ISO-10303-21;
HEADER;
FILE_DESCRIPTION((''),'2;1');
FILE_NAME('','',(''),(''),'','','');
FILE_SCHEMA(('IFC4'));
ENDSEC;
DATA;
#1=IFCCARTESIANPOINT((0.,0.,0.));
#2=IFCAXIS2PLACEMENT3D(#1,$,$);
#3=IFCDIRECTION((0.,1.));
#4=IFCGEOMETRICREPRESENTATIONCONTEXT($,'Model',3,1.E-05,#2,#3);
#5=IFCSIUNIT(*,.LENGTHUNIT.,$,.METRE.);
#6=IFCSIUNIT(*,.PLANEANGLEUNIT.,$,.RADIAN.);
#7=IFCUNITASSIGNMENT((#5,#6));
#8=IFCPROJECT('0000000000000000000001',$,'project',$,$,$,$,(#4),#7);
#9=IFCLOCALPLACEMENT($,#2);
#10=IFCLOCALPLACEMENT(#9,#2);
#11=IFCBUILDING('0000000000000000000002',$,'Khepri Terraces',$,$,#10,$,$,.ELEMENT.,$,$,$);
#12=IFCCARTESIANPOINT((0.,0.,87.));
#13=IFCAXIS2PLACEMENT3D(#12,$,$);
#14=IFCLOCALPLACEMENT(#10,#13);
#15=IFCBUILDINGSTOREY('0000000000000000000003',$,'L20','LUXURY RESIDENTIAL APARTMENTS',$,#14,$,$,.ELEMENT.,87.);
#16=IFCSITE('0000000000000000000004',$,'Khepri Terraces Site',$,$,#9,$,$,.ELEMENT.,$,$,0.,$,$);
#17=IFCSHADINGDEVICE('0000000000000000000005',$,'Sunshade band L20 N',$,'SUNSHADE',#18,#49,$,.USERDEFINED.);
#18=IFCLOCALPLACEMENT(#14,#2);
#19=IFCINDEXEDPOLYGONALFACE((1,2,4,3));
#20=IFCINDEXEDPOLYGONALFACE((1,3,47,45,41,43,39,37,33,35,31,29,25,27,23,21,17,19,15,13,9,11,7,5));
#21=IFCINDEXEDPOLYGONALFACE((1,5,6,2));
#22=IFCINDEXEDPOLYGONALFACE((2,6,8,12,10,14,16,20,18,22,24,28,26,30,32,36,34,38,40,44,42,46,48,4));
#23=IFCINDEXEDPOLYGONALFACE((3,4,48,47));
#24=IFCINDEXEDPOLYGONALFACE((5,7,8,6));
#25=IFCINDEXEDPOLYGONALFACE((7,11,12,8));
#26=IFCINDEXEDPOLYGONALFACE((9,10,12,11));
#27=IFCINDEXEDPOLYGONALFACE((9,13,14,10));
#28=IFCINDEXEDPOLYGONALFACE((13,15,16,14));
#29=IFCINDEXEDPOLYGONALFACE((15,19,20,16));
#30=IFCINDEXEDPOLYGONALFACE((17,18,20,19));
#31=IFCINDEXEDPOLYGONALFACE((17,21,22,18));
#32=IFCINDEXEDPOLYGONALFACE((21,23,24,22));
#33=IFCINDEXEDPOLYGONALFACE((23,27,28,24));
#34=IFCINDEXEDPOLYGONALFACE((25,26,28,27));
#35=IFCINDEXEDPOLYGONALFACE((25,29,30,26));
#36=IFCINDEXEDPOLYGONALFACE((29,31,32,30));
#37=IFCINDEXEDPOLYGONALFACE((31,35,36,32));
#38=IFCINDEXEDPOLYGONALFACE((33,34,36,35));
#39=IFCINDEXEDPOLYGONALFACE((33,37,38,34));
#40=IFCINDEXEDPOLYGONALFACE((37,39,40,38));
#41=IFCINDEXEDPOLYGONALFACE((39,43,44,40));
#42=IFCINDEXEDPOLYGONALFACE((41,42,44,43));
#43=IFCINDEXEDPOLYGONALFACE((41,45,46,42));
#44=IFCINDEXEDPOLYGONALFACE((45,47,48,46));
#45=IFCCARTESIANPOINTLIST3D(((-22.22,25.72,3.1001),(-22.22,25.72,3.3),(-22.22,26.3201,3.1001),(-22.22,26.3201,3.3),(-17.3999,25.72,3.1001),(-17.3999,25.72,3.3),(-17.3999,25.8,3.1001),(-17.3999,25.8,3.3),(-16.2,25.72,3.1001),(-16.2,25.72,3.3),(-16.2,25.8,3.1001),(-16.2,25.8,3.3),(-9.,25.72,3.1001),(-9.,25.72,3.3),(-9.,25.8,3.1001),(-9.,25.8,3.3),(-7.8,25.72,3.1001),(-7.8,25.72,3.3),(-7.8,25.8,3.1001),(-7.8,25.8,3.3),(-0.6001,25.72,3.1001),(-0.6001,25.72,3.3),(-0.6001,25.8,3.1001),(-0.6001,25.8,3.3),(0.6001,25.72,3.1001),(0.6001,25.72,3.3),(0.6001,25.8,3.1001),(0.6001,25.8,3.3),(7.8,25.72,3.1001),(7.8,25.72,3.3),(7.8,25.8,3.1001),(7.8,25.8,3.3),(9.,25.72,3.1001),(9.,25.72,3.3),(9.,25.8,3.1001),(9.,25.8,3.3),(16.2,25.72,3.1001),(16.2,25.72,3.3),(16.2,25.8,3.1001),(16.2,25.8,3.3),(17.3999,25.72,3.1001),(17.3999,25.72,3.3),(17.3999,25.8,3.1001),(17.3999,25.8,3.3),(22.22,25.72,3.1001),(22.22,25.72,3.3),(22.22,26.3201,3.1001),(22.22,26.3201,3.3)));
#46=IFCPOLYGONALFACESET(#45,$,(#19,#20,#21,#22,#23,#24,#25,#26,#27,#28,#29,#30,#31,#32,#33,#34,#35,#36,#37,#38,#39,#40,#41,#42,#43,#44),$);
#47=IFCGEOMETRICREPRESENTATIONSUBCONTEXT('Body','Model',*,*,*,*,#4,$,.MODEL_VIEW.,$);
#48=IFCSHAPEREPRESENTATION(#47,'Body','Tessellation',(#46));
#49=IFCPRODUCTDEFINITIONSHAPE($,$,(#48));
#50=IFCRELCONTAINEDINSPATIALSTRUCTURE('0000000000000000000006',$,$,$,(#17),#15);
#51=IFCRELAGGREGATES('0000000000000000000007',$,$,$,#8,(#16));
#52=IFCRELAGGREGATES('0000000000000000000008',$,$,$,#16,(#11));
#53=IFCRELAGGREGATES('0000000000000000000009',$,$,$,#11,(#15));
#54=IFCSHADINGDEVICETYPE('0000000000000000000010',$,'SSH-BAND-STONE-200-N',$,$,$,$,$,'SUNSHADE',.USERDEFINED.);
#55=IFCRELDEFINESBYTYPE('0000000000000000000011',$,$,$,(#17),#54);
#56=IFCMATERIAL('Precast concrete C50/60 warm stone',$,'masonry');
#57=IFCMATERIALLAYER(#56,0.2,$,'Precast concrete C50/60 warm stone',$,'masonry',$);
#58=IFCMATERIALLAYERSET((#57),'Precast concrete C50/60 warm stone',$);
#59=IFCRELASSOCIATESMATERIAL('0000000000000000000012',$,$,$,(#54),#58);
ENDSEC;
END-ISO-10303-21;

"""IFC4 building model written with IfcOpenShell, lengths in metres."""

from ifc_helpers import new_model, si_unit, direction, frame, origin, place, context, subcontext, project, spatial, polyline, outline, extrude, material, layer, layer_set, type_object, element, save


model = new_model("IFC4")

# Units and contexts
model_context = context("Model", 3, precision=1e-05, world=origin(), true_north=direction((0.0, 1.0)))
body_context = subcontext(model_context, "Body", "Model", "MODEL_VIEW")
ifc_project = project(units=[si_unit("LENGTHUNIT", "METRE"), si_unit("PLANEANGLEUNIT", "RADIAN")], contexts=[model_context])

# Site, building, storey
site_placement = place(None, origin())
site = spatial("IfcSite", under=ifc_project, at=site_placement, Name="Khepri Terraces Site", CompositionType="ELEMENT", RefElevation=0.0)
building_placement = place(site_placement, origin())
building = spatial("IfcBuilding", under=site, at=building_placement, Name="Khepri Terraces", CompositionType="ELEMENT")
storey_placement = place(building_placement, frame((0.0, 0.0, 87.0)))
storey = spatial("IfcBuildingStorey", under=building, at=storey_placement, Name="L20", Description="LUXURY RESIDENTIAL APARTMENTS", CompositionType="ELEMENT", Elevation=87.0)

# Shared definitions
ifc_material_1 = material(Name="Precast concrete C50/60 warm stone", Category="masonry")

# Shading device
ifc_layer_1 = layer(ifc_material_1, 0.2, Name="Precast concrete C50/60 warm stone", Category="masonry")
ifc_layer_set_1 = layer_set([ifc_layer_1], Name="Precast concrete C50/60 warm stone")
shading_device_type_1 = type_object("IfcShadingDeviceType", Name="SSH-BAND-STONE-200-N", ElementType="SUNSHADE", PredefinedType="USERDEFINED", material=ifc_layer_set_1)
shading_device_1_placement = place(storey_placement, frame((0.0, 0.0, 3.1001)))
element("IfcShadingDevice", 1, at=shading_device_1_placement, inside=storey, type_object=shading_device_type_1, Name="Sunshade band L20 N", ObjectType="SUNSHADE", PredefinedType="USERDEFINED", context=body_context, shape_type="SweptSolid", body=[
    extrude(outline(polyline([(17.3999, 25.72), (22.22, 25.72), (22.22, 26.3201), (-22.22, 26.3201), (-22.22, 25.72), (-17.3999, 25.72), (-17.3999, 25.8), (-16.2, 25.8), (-16.2, 25.72), (-9.0, 25.72), (-9.0, 25.8), (-7.8, 25.8), (-7.8, 25.72), (-0.6001, 25.72), (-0.6001, 25.8), (0.6001, 25.8), (0.6001, 25.72), (7.8, 25.72), (7.8, 25.8), (9.0, 25.8), (9.0, 25.72), (16.2, 25.72), (16.2, 25.8), (17.3999, 25.8), (17.3999, 25.72)])), origin(), (0.0, 0.0, 1.0), 0.2),
])

save(model, "model.ifc")
